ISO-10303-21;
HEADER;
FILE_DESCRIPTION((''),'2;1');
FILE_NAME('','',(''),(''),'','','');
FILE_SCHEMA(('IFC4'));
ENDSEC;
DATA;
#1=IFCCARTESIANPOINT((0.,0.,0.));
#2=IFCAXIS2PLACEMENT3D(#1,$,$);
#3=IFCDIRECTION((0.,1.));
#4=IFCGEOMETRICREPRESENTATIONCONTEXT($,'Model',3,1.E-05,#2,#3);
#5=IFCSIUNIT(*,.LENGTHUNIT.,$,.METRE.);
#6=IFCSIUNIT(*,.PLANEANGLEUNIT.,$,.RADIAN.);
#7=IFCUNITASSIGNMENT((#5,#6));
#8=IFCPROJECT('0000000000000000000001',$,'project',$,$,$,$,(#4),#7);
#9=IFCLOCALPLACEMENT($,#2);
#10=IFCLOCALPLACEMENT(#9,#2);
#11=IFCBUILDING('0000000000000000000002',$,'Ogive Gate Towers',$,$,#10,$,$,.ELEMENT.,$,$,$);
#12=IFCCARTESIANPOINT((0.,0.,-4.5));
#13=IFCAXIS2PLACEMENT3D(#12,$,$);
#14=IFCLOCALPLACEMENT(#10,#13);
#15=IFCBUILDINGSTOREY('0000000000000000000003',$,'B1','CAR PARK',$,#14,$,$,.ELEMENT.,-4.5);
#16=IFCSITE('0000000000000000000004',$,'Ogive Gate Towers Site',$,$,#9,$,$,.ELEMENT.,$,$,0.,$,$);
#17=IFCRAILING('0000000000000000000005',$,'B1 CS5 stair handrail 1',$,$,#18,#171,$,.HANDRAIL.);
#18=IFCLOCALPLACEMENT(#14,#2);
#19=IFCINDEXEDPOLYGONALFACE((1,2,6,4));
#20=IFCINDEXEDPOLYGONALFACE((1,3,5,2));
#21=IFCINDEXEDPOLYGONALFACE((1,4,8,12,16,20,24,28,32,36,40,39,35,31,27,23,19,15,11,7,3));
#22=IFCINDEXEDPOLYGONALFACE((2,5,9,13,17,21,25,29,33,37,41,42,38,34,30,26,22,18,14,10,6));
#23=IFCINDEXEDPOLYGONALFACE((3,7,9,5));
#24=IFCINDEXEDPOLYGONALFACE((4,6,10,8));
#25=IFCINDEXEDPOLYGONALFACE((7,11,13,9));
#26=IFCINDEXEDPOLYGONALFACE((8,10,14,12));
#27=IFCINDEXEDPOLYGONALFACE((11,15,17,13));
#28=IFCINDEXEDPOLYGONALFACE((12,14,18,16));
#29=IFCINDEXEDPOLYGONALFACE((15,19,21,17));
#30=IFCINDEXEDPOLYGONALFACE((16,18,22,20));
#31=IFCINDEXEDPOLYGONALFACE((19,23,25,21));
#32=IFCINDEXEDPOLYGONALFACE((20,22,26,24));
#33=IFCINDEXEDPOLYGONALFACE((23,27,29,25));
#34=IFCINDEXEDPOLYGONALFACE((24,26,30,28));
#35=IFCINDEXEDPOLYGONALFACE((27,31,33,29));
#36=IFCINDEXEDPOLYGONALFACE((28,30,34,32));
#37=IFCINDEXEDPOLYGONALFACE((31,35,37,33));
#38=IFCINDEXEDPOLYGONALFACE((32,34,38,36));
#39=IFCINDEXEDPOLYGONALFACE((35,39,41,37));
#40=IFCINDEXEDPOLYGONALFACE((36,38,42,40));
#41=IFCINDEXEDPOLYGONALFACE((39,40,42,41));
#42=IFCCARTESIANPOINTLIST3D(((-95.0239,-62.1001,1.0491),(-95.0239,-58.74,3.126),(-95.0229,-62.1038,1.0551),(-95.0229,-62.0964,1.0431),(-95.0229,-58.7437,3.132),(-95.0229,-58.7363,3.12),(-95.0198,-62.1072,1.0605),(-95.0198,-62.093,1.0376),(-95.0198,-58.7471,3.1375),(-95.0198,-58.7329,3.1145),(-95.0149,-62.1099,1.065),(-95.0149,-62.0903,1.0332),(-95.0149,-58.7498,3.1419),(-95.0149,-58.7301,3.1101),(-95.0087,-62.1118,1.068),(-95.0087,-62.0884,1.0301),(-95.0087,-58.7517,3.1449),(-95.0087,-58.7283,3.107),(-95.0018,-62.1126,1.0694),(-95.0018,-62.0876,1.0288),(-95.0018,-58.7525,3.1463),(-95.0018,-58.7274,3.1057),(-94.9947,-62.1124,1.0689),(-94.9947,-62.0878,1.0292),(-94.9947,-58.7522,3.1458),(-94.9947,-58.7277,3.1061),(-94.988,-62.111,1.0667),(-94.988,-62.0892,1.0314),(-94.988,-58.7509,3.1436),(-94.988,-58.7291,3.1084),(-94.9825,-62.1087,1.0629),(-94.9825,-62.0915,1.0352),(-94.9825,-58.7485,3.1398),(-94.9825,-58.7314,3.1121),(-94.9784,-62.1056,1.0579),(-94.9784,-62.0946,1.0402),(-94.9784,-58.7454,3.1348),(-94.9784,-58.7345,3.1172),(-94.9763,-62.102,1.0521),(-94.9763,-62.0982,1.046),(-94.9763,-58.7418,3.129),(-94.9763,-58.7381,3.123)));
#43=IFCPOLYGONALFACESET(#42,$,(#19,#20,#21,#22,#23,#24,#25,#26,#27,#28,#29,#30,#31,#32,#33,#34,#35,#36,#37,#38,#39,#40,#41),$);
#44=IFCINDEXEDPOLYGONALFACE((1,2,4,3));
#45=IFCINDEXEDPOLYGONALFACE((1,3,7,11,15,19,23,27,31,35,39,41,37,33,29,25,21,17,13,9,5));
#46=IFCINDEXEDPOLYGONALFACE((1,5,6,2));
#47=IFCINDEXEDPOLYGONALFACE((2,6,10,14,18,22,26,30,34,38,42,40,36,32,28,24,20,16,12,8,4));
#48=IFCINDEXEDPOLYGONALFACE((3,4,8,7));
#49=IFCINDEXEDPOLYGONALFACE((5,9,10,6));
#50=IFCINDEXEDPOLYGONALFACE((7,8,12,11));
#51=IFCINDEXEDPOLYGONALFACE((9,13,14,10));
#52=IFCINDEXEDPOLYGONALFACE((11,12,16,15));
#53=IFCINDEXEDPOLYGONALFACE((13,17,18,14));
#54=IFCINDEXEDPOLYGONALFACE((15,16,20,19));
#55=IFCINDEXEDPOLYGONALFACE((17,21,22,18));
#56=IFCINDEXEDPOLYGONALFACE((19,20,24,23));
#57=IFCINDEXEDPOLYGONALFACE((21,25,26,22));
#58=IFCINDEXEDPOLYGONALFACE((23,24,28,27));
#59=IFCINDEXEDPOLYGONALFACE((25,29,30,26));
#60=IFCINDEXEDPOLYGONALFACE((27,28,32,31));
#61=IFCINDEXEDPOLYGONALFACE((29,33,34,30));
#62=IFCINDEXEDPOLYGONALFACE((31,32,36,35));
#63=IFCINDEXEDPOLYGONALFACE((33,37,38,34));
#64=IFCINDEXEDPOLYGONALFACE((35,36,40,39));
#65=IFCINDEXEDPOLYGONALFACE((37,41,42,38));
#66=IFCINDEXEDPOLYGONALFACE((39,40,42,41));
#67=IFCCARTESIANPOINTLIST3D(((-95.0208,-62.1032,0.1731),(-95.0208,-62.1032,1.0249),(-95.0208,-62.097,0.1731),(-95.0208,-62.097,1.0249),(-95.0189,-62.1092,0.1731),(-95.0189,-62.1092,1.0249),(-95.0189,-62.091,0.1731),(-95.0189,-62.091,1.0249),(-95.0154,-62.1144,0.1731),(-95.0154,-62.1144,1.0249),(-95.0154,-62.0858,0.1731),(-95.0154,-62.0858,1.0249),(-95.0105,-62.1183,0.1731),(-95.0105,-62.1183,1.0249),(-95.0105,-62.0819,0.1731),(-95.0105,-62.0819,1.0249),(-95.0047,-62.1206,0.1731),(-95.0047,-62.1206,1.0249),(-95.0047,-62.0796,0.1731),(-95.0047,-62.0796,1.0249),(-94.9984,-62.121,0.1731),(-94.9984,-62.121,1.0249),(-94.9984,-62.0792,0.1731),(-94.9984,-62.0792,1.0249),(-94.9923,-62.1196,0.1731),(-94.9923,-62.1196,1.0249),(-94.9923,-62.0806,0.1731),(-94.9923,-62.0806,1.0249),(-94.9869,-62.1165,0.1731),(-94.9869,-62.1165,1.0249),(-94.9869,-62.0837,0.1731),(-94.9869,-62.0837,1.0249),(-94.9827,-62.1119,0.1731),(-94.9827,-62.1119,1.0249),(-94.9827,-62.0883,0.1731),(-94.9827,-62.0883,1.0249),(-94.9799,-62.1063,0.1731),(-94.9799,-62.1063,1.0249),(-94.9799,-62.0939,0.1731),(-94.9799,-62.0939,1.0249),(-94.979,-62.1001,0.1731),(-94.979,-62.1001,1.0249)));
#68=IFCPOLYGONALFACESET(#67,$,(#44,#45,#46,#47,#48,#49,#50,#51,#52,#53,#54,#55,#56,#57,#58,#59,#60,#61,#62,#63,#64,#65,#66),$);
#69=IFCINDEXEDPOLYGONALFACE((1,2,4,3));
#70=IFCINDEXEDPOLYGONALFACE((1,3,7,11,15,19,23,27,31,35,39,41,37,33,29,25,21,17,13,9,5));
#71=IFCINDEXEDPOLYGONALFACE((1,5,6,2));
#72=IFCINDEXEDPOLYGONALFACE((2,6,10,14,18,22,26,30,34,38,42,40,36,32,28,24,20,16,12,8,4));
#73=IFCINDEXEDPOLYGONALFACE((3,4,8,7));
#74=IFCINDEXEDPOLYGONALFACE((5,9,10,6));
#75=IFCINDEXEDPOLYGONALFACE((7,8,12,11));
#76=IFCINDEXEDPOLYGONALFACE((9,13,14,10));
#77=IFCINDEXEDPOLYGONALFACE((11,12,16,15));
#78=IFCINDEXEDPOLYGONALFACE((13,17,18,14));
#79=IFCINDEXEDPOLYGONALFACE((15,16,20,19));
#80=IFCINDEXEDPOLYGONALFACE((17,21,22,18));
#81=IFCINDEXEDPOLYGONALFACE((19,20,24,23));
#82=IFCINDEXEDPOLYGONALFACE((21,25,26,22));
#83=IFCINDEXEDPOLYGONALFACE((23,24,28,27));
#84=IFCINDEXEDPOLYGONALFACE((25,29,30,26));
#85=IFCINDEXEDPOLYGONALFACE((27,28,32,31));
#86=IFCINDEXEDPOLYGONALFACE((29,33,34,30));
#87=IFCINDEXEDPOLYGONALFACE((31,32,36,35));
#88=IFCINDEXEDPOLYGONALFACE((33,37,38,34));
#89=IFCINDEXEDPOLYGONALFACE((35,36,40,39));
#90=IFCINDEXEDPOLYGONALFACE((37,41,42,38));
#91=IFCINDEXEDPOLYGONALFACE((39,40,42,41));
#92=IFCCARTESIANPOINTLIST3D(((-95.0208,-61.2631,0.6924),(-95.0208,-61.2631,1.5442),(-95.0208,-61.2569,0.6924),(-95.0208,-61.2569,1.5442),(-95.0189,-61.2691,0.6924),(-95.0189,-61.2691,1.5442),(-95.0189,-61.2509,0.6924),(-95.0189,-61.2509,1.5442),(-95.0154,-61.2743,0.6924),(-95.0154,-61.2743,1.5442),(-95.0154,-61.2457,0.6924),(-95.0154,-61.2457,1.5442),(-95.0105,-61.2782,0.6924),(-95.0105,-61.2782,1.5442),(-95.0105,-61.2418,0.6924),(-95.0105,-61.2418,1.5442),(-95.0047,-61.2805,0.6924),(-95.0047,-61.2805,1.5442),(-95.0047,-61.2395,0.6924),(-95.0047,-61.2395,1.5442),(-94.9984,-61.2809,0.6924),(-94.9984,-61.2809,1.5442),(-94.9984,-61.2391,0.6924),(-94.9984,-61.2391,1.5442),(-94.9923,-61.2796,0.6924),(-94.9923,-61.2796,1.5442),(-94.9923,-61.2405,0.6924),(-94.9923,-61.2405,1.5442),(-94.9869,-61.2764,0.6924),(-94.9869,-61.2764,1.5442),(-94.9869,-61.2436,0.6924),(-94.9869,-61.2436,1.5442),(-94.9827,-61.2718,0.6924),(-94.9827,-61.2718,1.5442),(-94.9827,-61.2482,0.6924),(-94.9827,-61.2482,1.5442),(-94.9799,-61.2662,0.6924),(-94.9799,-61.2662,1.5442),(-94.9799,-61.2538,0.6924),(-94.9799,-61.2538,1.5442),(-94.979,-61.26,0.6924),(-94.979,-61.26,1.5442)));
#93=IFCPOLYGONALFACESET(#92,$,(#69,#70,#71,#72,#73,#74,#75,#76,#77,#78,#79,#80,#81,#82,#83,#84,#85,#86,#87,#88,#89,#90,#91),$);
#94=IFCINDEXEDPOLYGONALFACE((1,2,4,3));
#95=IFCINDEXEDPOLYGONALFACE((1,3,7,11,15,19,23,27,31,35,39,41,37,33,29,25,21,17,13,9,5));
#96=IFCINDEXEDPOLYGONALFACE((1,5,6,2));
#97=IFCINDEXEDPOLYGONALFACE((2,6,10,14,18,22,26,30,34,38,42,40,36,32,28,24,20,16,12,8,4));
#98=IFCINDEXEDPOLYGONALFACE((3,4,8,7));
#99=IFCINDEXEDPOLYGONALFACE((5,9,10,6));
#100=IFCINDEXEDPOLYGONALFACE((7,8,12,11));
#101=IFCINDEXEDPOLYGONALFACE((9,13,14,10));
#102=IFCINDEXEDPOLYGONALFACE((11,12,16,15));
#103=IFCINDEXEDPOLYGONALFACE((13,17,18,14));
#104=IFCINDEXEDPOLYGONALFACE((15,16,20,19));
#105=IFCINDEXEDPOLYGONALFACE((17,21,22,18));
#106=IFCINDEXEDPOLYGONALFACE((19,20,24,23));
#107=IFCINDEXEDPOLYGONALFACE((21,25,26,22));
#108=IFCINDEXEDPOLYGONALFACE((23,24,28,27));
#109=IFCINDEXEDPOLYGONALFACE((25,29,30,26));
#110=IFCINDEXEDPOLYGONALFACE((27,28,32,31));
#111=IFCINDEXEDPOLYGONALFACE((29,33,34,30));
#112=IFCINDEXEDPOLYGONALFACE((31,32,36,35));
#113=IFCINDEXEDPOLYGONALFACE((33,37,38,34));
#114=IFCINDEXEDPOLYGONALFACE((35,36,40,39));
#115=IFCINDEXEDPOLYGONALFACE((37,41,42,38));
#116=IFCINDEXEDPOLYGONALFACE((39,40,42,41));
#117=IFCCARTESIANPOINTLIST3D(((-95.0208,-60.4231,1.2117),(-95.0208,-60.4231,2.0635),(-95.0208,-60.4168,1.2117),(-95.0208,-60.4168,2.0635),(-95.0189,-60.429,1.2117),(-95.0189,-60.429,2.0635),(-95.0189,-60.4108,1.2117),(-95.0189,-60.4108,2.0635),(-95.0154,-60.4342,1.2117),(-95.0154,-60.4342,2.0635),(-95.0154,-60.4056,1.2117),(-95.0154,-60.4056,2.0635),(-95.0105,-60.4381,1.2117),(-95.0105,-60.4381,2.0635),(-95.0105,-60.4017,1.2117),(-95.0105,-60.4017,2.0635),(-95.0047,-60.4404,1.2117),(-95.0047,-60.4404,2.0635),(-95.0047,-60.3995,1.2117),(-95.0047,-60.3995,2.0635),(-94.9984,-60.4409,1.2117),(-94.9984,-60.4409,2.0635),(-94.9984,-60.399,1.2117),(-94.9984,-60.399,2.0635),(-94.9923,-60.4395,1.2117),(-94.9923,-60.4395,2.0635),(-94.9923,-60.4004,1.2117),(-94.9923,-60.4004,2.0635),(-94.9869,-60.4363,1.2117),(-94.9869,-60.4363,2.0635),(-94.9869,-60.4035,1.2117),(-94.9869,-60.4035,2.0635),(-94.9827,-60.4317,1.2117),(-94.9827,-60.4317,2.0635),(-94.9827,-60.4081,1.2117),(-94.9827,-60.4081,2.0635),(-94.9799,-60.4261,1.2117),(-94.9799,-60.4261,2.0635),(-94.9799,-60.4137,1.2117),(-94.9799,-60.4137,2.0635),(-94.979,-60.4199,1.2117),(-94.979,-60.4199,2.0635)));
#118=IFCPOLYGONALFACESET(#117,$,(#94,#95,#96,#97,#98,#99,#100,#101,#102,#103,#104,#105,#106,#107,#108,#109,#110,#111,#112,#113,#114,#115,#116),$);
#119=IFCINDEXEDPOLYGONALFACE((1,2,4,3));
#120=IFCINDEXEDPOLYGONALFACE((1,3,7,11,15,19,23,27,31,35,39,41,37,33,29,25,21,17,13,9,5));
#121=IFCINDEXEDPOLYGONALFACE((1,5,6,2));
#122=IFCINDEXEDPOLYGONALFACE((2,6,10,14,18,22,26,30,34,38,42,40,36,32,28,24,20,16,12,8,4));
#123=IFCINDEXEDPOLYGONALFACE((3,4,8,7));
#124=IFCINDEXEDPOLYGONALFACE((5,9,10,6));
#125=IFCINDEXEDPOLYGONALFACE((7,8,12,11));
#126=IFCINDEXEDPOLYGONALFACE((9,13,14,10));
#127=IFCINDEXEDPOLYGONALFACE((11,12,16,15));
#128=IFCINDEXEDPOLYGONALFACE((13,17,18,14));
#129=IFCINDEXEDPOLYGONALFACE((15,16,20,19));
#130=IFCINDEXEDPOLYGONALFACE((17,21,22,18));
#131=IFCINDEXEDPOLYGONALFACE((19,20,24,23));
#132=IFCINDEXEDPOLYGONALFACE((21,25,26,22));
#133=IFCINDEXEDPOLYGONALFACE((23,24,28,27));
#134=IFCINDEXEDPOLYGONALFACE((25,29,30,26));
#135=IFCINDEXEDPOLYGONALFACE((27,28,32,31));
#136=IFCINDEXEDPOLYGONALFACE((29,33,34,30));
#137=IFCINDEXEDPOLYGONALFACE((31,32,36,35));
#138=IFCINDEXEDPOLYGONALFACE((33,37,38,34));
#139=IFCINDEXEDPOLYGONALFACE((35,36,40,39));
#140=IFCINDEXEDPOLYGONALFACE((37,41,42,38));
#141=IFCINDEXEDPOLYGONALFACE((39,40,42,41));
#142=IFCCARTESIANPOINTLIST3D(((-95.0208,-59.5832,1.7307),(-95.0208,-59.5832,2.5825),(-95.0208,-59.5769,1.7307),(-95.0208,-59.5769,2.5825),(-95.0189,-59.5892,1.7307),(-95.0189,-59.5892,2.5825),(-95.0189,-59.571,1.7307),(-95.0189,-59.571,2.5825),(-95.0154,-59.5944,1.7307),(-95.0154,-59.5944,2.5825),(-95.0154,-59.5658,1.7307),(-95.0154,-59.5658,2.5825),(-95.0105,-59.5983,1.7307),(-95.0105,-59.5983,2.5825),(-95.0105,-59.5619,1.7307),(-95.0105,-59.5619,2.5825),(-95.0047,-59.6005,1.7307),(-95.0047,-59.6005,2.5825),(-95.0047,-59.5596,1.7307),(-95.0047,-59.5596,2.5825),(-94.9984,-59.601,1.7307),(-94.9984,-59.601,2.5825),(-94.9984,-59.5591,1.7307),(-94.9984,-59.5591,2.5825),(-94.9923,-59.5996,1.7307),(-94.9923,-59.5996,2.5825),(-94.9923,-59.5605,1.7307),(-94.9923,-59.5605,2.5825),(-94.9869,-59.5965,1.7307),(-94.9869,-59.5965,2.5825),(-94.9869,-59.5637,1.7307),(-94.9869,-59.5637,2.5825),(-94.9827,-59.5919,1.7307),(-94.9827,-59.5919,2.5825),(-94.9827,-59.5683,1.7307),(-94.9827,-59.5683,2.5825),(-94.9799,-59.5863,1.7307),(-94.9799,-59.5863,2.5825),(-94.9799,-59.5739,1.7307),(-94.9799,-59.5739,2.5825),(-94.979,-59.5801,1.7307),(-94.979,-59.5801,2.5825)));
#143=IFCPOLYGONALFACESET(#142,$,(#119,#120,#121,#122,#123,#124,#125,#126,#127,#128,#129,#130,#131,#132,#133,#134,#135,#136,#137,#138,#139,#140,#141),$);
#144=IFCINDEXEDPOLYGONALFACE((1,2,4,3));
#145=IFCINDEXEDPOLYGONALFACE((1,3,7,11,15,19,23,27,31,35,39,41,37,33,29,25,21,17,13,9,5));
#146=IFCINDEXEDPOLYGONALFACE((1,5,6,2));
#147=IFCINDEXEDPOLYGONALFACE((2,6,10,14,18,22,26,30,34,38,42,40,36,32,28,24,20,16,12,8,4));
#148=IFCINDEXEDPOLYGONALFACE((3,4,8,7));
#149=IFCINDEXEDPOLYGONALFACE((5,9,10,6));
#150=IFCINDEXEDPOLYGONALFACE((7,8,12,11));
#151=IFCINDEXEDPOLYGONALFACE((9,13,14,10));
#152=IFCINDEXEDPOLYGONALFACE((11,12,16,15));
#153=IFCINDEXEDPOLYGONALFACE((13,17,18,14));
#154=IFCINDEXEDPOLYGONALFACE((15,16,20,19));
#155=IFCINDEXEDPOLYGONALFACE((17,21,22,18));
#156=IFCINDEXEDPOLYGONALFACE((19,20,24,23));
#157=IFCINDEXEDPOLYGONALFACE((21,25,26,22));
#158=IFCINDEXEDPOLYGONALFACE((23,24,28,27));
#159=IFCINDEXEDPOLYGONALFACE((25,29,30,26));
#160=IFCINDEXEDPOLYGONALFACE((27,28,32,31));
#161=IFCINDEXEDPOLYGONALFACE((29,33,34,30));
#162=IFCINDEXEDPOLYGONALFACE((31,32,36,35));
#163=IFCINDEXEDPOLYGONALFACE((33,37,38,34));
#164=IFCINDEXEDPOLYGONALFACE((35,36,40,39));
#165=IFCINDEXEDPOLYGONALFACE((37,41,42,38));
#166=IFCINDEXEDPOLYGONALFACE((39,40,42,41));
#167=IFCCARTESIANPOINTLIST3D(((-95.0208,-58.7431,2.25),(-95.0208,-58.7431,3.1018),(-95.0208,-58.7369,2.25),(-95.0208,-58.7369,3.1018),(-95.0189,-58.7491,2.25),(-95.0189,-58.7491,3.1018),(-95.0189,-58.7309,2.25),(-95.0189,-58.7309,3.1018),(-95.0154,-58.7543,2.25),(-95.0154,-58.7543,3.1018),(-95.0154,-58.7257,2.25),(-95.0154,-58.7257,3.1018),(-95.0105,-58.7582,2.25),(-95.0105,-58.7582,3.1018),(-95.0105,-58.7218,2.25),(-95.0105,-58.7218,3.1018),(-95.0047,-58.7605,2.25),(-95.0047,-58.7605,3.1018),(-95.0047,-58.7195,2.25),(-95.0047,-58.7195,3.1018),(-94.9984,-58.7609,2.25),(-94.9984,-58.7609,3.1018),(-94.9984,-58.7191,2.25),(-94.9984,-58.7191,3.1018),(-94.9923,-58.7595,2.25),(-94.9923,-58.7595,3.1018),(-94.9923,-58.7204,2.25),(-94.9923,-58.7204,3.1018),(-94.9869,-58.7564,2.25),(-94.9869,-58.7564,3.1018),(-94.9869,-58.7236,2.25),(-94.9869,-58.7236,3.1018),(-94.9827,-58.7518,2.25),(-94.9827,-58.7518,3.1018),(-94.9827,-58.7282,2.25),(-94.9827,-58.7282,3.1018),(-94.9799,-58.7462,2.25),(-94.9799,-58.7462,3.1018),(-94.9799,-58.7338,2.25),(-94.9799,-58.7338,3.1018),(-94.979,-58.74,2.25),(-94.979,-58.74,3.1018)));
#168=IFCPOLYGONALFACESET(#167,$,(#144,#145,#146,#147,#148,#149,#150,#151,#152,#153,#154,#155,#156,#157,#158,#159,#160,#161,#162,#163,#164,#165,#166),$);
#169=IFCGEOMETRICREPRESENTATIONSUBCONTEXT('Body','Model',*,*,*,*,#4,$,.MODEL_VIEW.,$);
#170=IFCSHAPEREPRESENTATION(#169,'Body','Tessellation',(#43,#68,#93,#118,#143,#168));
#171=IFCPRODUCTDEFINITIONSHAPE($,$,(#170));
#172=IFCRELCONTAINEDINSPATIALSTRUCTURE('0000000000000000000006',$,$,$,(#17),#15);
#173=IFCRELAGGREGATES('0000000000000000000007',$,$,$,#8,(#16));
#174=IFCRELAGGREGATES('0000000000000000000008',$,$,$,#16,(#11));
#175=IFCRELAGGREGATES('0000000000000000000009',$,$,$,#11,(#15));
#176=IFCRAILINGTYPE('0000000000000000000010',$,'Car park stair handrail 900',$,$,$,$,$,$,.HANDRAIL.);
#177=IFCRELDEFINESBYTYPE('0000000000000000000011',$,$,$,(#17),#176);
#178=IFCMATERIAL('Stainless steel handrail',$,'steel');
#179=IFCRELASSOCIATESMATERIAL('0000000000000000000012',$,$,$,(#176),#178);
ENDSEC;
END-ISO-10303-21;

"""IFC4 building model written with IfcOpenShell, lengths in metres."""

from ifc_helpers import new_model, si_unit, direction, frame, origin, origin_2d, place, context, subcontext, project, spatial, circle, extrude, material, type_object, element, save


model = new_model("IFC4")

# Units and contexts
model_context = context("Model", 3, precision=1e-05, world=origin(), true_north=direction((0.0, 1.0)))
body_context = subcontext(model_context, "Body", "Model", "MODEL_VIEW")
ifc_project = project(units=[si_unit("LENGTHUNIT", "METRE"), si_unit("PLANEANGLEUNIT", "RADIAN")], contexts=[model_context])

# Site, building, storey
site_placement = place(None, origin())
site = spatial("IfcSite", under=ifc_project, at=site_placement, Name="Ogive Gate Towers Site", CompositionType="ELEMENT", RefElevation=0.0)
building_placement = place(site_placement, origin())
building = spatial("IfcBuilding", under=site, at=building_placement, Name="Ogive Gate Towers", CompositionType="ELEMENT")
storey_placement = place(building_placement, frame((0.0, 0.0, -4.5)))
storey = spatial("IfcBuildingStorey", under=building, at=storey_placement, Name="B1", Description="CAR PARK", CompositionType="ELEMENT", Elevation=-4.5)

# Railing
ifc_material_1 = material(Name="Stainless steel handrail", Category="steel")
railing_type_1 = type_object("IfcRailingType", Name="Car park stair handrail 900", PredefinedType="HANDRAIL", material=ifc_material_1)
railing_1_placement = place(storey_placement, frame((-95.0, -62.1001, 0.1731)))
element("IfcRailing", 1, at=railing_1_placement, inside=storey, type_object=railing_type_1, Name="B1 CS5 stair handrail 1", PredefinedType="HANDRAIL", context=body_context, shape_type="SweptSolid", body=[
    extrude(circle(Radius=0.0239, at=origin_2d()), frame((0.0, 0.0, 0.876), z_axis=(0.0, 0.850623, 0.525776), x_axis=(-1.0, 0.0, 0.0)), (0.0, 0.0, 1.0), 3.9502),
    extrude(circle(Radius=0.021, at=origin_2d()), origin(), (0.0, 0.0, 1.0), 0.8518),
    extrude(circle(Radius=0.021, at=origin_2d()), frame((0.0, 0.8401, 0.5193)), (0.0, 0.0, 1.0), 0.8518),
    extrude(circle(Radius=0.021, at=origin_2d()), frame((0.0, 1.6802, 1.0386)), (0.0, 0.0, 1.0), 0.8518),
    extrude(circle(Radius=0.021, at=origin_2d()), frame((0.0, 2.52, 1.5576)), (0.0, 0.0, 1.0), 0.8518),
    extrude(circle(Radius=0.021, at=origin_2d()), frame((0.0, 3.3601, 2.0769)), (0.0, 0.0, 1.0), 0.8518),
])

save(model, "model.ifc")
